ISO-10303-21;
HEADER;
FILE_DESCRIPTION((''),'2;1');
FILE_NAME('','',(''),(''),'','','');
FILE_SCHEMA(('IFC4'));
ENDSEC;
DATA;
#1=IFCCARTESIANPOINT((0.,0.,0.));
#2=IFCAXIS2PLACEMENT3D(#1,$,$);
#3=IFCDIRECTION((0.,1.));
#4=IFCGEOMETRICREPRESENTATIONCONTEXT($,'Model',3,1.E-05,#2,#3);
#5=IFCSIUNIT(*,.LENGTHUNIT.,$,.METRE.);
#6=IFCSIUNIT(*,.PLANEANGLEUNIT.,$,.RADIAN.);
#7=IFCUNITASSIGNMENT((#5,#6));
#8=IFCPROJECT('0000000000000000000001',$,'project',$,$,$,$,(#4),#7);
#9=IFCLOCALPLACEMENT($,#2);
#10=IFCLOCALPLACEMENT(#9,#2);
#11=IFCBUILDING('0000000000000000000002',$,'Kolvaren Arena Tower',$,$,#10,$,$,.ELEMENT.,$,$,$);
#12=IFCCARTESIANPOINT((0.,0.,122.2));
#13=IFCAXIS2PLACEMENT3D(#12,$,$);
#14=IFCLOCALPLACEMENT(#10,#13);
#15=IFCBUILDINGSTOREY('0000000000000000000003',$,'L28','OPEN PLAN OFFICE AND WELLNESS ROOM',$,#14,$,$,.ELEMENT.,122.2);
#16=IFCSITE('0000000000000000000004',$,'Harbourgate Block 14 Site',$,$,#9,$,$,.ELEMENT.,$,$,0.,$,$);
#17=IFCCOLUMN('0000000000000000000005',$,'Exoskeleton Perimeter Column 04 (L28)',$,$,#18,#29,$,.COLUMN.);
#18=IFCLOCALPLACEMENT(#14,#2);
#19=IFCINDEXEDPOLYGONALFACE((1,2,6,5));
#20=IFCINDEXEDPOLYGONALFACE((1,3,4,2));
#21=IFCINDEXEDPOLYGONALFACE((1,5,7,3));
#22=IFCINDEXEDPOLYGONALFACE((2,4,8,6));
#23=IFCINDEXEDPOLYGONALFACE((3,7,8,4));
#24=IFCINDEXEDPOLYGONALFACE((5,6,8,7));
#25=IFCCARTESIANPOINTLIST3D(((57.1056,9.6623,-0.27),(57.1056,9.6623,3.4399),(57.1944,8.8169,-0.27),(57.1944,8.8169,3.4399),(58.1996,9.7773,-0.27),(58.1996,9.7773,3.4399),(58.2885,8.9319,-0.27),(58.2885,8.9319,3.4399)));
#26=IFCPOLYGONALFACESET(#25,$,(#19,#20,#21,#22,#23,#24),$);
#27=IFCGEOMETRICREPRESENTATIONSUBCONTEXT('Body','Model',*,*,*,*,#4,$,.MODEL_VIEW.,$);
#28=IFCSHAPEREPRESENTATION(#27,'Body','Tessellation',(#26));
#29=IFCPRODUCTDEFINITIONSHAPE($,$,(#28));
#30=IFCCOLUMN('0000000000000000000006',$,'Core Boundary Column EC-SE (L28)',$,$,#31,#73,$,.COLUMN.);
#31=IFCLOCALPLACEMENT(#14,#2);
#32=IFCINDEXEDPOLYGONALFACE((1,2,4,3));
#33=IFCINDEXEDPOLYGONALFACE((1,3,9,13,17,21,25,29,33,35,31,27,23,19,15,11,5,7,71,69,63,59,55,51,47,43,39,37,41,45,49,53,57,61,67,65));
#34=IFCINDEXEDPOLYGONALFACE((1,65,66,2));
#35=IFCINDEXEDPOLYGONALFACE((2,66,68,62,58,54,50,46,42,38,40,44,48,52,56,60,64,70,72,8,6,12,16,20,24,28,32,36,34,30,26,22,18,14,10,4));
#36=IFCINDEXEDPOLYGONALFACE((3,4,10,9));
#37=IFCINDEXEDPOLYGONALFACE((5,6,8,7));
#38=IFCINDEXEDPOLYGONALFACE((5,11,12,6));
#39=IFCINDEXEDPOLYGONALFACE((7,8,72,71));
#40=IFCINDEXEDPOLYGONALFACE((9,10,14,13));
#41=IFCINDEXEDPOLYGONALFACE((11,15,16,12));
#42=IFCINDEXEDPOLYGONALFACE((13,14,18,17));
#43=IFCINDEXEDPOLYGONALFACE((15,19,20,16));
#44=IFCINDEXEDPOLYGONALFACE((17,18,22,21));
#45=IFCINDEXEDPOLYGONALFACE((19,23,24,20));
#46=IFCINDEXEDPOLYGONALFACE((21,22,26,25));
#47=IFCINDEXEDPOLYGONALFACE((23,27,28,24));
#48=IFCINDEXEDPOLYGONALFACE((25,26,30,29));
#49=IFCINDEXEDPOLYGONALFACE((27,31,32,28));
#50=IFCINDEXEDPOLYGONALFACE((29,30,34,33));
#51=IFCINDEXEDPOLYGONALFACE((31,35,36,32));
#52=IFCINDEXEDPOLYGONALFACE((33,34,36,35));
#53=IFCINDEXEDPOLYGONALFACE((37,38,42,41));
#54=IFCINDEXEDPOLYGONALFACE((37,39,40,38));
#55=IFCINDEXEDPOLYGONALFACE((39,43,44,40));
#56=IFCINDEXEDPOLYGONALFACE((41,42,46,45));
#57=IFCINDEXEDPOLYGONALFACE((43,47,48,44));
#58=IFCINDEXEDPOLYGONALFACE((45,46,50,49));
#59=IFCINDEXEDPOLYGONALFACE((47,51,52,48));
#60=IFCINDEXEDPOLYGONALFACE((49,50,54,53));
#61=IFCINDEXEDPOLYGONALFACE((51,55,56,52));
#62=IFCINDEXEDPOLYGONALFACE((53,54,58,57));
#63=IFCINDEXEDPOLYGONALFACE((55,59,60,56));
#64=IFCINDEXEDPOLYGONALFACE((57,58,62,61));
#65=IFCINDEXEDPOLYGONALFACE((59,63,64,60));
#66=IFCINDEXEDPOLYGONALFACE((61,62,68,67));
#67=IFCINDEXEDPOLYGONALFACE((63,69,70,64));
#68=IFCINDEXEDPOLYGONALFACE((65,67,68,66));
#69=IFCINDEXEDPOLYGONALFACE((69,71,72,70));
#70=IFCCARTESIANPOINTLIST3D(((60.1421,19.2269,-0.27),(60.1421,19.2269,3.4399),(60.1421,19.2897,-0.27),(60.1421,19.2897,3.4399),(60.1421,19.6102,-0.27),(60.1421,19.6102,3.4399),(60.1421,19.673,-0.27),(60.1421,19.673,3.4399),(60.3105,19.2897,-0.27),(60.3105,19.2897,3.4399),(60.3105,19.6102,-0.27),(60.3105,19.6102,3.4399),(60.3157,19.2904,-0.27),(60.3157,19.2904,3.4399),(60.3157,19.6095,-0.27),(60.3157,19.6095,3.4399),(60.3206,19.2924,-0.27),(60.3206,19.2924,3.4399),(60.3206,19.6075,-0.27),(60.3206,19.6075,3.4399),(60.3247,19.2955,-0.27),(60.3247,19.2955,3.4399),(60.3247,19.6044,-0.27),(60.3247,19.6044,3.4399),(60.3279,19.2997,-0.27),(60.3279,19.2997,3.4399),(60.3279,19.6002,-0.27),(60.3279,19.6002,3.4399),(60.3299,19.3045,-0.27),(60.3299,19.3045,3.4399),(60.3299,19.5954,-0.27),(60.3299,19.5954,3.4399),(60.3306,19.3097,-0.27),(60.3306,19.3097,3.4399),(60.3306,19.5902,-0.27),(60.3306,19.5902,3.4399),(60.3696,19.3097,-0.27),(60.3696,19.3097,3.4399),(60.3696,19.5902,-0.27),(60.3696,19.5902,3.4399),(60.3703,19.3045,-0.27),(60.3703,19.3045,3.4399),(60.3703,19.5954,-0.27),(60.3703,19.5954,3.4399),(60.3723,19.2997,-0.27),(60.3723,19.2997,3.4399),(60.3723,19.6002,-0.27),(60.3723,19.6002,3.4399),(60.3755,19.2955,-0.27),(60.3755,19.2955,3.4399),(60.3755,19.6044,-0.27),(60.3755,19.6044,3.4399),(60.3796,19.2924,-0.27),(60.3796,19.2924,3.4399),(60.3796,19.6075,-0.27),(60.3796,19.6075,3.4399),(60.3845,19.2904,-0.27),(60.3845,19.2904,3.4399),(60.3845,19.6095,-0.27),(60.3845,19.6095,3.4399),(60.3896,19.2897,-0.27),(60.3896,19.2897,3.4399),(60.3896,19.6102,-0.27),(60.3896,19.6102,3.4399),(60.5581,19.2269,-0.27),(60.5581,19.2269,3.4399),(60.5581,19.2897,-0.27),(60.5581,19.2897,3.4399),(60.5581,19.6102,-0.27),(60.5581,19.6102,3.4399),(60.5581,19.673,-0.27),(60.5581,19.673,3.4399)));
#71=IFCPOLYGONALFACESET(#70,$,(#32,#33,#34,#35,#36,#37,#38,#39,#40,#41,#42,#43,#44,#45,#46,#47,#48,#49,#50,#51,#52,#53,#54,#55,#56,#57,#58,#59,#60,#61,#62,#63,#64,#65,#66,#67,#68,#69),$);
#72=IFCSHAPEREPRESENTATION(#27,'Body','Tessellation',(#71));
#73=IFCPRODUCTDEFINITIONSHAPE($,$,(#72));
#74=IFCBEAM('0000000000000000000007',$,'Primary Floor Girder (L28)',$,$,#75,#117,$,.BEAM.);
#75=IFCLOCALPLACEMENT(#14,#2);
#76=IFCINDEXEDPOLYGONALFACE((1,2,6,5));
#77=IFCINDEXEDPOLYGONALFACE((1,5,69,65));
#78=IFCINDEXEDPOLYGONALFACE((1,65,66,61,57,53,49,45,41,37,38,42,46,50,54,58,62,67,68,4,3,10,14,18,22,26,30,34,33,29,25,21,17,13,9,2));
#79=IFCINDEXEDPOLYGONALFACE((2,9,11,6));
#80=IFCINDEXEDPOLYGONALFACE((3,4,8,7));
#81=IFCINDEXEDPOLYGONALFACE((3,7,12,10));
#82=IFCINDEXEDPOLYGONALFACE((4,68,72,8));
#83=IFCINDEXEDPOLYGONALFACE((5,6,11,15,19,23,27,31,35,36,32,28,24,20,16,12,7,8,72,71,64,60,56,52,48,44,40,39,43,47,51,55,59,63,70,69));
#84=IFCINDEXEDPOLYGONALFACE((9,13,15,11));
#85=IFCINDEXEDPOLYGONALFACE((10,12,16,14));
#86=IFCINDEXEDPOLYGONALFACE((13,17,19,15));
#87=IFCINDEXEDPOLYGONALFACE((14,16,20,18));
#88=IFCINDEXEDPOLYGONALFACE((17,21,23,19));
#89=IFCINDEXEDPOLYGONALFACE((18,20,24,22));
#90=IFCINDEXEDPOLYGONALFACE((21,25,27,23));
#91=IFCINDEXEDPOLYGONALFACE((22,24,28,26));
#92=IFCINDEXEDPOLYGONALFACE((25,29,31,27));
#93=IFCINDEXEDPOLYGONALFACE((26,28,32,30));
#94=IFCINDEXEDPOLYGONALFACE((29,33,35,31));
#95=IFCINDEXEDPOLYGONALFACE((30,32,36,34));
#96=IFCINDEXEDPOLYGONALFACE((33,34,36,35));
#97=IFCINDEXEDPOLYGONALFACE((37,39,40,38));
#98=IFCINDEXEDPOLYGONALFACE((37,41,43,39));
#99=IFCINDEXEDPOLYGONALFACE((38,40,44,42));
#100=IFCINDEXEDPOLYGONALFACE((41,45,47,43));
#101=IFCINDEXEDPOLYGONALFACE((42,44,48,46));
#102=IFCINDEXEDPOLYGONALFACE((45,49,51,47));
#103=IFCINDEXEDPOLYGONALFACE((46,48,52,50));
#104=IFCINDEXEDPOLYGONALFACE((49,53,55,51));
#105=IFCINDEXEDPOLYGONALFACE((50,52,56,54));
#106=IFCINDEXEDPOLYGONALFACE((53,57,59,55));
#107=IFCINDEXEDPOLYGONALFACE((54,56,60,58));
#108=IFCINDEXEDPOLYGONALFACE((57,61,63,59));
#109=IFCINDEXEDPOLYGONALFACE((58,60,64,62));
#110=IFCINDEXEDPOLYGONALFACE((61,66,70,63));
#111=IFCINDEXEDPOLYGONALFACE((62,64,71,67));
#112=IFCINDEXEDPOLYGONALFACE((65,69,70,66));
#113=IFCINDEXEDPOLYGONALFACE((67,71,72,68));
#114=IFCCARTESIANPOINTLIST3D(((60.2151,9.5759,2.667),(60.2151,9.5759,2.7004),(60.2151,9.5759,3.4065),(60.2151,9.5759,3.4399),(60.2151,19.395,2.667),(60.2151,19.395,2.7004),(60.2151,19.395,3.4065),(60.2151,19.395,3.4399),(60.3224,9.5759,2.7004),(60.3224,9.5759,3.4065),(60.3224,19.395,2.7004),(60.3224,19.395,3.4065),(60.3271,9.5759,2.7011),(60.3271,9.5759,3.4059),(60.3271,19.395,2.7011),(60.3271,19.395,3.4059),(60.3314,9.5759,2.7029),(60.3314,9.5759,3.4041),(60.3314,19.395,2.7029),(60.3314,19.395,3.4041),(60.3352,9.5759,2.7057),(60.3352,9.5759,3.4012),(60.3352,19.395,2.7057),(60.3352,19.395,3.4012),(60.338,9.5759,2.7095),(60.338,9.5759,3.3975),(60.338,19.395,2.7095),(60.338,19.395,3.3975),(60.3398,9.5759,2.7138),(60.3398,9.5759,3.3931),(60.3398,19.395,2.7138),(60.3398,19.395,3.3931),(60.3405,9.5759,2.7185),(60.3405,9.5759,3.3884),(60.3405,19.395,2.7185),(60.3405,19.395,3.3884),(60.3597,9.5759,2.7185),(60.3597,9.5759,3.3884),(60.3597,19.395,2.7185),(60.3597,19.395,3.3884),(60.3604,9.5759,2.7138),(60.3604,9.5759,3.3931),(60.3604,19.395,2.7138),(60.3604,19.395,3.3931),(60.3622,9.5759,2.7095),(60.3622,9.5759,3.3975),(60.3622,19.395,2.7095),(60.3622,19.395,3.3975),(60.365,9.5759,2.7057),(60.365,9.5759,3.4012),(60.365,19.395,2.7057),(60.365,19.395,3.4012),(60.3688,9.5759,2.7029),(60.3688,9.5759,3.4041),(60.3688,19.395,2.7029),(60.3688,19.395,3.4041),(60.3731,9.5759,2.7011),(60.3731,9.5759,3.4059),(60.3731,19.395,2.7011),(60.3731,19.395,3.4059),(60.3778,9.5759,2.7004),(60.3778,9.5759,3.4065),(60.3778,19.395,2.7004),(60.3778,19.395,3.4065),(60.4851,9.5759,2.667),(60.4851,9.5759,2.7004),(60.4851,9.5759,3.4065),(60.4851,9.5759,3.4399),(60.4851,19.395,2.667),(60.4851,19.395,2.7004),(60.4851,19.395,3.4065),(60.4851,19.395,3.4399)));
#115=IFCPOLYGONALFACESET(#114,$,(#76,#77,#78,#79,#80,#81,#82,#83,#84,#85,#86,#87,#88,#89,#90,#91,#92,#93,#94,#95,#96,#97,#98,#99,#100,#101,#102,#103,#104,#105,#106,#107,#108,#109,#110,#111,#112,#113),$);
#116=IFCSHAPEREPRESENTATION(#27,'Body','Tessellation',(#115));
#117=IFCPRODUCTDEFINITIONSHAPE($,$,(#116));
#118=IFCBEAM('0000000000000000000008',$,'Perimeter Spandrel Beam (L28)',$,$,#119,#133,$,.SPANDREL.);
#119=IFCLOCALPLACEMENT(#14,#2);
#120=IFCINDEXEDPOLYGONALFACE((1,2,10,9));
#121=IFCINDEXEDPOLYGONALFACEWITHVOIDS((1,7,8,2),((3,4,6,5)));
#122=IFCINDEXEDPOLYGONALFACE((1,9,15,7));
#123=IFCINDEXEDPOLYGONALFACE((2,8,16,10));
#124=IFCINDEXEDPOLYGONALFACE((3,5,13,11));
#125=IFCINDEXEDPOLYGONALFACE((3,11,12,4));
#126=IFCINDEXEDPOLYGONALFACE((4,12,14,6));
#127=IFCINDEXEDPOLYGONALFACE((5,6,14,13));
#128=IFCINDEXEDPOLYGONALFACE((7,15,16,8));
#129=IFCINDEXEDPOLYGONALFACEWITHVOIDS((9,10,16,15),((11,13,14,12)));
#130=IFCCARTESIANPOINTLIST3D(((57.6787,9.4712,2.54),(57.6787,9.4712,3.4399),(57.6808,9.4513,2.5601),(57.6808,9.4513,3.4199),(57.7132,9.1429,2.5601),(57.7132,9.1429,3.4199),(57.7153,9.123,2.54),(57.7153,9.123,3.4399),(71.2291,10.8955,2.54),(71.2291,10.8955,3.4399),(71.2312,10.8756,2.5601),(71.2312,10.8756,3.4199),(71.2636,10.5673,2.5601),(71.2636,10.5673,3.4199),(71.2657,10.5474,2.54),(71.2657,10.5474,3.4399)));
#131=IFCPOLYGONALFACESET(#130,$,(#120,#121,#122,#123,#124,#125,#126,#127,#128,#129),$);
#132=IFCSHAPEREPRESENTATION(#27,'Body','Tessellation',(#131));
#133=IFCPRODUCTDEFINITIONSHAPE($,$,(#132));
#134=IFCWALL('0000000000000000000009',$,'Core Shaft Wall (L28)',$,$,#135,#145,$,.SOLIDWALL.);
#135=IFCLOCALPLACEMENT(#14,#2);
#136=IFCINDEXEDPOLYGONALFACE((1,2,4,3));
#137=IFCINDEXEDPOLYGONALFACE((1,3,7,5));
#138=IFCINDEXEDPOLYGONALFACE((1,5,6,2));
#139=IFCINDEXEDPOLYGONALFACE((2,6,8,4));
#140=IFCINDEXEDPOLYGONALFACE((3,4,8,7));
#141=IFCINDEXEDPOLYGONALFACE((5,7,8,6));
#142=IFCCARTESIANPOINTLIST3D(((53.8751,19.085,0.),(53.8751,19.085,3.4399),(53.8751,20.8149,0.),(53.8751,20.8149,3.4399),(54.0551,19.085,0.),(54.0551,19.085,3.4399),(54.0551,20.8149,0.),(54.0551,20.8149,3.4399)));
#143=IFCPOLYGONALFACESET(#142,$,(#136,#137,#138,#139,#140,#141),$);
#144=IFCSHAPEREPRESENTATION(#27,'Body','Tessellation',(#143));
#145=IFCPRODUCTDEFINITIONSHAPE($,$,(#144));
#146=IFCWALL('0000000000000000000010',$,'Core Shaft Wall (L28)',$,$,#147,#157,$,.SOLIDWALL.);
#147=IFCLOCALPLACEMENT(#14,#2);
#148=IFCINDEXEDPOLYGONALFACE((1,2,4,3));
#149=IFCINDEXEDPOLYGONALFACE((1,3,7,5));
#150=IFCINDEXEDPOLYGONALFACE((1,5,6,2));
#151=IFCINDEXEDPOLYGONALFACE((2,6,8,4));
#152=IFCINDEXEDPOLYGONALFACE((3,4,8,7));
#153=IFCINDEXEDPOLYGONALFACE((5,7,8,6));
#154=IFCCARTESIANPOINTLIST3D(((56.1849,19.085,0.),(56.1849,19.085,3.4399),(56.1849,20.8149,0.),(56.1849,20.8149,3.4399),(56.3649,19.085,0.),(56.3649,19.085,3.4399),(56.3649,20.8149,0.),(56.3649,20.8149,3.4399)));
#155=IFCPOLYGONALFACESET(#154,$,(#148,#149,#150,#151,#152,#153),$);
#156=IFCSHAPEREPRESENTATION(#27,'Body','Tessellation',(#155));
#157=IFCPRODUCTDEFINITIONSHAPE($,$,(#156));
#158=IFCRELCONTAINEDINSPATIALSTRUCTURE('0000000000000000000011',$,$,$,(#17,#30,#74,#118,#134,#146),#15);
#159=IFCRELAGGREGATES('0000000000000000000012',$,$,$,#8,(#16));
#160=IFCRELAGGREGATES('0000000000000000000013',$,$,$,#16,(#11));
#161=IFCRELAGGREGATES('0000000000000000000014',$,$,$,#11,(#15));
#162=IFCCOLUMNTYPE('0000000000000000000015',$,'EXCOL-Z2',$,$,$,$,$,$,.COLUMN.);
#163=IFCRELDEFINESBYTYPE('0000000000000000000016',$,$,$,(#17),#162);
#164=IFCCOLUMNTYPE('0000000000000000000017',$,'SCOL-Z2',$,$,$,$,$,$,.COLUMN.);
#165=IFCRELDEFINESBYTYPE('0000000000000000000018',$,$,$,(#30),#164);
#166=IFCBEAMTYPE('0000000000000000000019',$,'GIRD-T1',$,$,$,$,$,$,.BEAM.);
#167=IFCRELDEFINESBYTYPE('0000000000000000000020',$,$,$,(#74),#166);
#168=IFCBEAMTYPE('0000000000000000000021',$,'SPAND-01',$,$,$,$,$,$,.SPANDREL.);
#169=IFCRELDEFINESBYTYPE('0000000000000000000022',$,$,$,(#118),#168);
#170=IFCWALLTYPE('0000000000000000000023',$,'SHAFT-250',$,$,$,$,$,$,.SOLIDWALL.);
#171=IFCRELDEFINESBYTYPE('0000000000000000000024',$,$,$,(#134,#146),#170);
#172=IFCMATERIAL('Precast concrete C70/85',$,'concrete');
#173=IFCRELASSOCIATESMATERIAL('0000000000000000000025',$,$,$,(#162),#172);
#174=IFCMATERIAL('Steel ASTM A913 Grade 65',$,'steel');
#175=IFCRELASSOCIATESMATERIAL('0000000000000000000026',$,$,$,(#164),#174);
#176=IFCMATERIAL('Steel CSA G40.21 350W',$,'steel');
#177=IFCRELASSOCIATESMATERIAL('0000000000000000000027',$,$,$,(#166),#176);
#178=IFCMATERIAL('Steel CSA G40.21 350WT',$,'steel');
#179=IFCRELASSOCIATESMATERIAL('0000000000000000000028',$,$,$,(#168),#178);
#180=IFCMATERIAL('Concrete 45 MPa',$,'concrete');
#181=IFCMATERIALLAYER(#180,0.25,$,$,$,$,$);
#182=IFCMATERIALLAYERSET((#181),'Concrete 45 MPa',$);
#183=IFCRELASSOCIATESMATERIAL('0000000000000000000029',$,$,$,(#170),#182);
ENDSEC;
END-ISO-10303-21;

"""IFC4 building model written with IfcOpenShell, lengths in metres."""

from ifc_helpers import new_model, si_unit, direction, frame, frame_2d, origin, origin_2d, place, context, subcontext, project, spatial, rectangle, hollow_rectangle, i_section, extrude, material, layer, layer_set, material_profile, profile_set, type_object, element, save


model = new_model("IFC4")

# Units and contexts
model_context = context("Model", 3, precision=1e-05, world=origin(), true_north=direction((0.0, 1.0)))
body_context = subcontext(model_context, "Body", "Model", "MODEL_VIEW")
ifc_project = project(units=[si_unit("LENGTHUNIT", "METRE"), si_unit("PLANEANGLEUNIT", "RADIAN")], contexts=[model_context])

# Site, building, storey
site_placement = place(None, origin())
site = spatial("IfcSite", under=ifc_project, at=site_placement, Name="Harbourgate Block 14 Site", CompositionType="ELEMENT", RefElevation=0.0)
building_placement = place(site_placement, origin())
building = spatial("IfcBuilding", under=site, at=building_placement, Name="Kolvaren Arena Tower", CompositionType="ELEMENT")
storey_placement = place(building_placement, frame((0.0, 0.0, 122.2)))
storey = spatial("IfcBuildingStorey", under=building, at=storey_placement, Name="L28", Description="OPEN PLAN OFFICE AND WELLNESS ROOM", CompositionType="ELEMENT", Elevation=122.2)

# Columns
ifc_material_1 = material(Name="Precast concrete C70/85", Category="concrete")
ifc_material_profile_1 = material_profile(ifc_material_1, rectangle(XDim=1.1001, YDim=0.8501, at=origin_2d()), Name="RC-1100x850")
ifc_profile_set_1 = profile_set([ifc_material_profile_1], Name="Precast concrete C70/85")
column_type_1 = type_object("IfcColumnType", Name="EXCOL-Z2", PredefinedType="COLUMN", material=ifc_profile_set_1)
column_1_placement = place(storey_placement, frame((57.697, 9.2971, -0.27), z_axis=(0.0, 0.0, 1.0), x_axis=(0.994522, 0.104528, 0.0)))
element("IfcColumn", 1, at=column_1_placement, inside=storey, type_object=column_type_1, Name="Exoskeleton Perimeter Column 04 (L28)", PredefinedType="COLUMN", context=body_context, shape_type="SweptSolid", body=[
    extrude(rectangle(XDim=1.1001, YDim=0.8501, at=origin_2d()), origin(), (0.0, 0.0, 1.0), 3.71),
])
ifc_material_2 = material(Name="Steel ASTM A913 Grade 65", Category="steel")
ifc_material_profile_2 = material_profile(ifc_material_2, i_section(OverallWidth=0.416, OverallDepth=0.446, WebThickness=0.0391, FlangeThickness=0.0627, FilletRadius=0.02, at=origin_2d()), Name="W360x509")
ifc_profile_set_2 = profile_set([ifc_material_profile_2], Name="Steel ASTM A913 Grade 65")
column_type_2 = type_object("IfcColumnType", Name="SCOL-Z2", PredefinedType="COLUMN", material=ifc_profile_set_2)
column_2_placement = place(storey_placement, frame((60.3501, 19.45, -0.27), z_axis=(0.0, 0.0, 1.0), x_axis=(1.0, 0.0, 0.0)))
element("IfcColumn", 2, at=column_2_placement, inside=storey, type_object=column_type_2, Name="Core Boundary Column EC-SE (L28)", PredefinedType="COLUMN", context=body_context, shape_type="SweptSolid", body=[
    extrude(i_section(OverallWidth=0.416, OverallDepth=0.446, WebThickness=0.0391, FlangeThickness=0.0627, FilletRadius=0.02, at=origin_2d()), origin(), (0.0, 0.0, 1.0), 3.71),
])

# Beams
ifc_material_3 = material(Name="Steel CSA G40.21 350W", Category="steel")
ifc_material_profile_3 = material_profile(ifc_material_3, i_section(OverallWidth=0.27, OverallDepth=0.7729, WebThickness=0.0193, FlangeThickness=0.0334, FilletRadius=0.0181, at=origin_2d()), Name="W760x257")
ifc_profile_set_3 = profile_set([ifc_material_profile_3], Name="Steel CSA G40.21 350W")
beam_type_1 = type_object("IfcBeamType", Name="GIRD-T1", PredefinedType="BEAM", material=ifc_profile_set_3)
beam_1_placement = place(storey_placement, frame((60.3501, 9.5759, 3.0535), z_axis=(0.0, 1.0, 0.0), x_axis=(-1.0, 0.0, 0.0)))
element("IfcBeam", 3, at=beam_1_placement, inside=storey, type_object=beam_type_1, Name="Primary Floor Girder (L28)", PredefinedType="BEAM", context=body_context, shape_type="SweptSolid", body=[
    extrude(i_section(OverallWidth=0.27, OverallDepth=0.7729, WebThickness=0.0193, FlangeThickness=0.0334, FilletRadius=0.0181, at=origin_2d()), origin(), (0.0, 0.0, 1.0), 9.8191),
])
ifc_material_4 = material(Name="Steel CSA G40.21 350WT", Category="steel")
ifc_material_profile_4 = material_profile(ifc_material_4, hollow_rectangle(XDim=0.3501, YDim=0.8999, WallThickness=0.02, at=origin_2d()), Name="HSS 900x350x20")
ifc_profile_set_4 = profile_set([ifc_material_profile_4], Name="Steel CSA G40.21 350WT")
beam_type_2 = type_object("IfcBeamType", Name="SPAND-01", PredefinedType="SPANDREL", material=ifc_profile_set_4)
beam_2_placement = place(storey_placement, frame((57.697, 9.2971, 2.99), z_axis=(0.994521, 0.104537, 0.0), x_axis=(-0.104537, 0.994521, 0.0)))
element("IfcBeam", 4, at=beam_2_placement, inside=storey, type_object=beam_type_2, Name="Perimeter Spandrel Beam (L28)", PredefinedType="SPANDREL", context=body_context, shape_type="SweptSolid", body=[
    extrude(hollow_rectangle(XDim=0.3501, YDim=0.8999, WallThickness=0.02, at=origin_2d()), origin(), (0.0, 0.0, 1.0), 13.625),
])

# Walls
ifc_material_5 = material(Name="Concrete 45 MPa", Category="concrete")
ifc_layer_1 = layer(ifc_material_5, 0.25)
ifc_layer_set_1 = layer_set([ifc_layer_1], Name="Concrete 45 MPa")
wall_type_1 = type_object("IfcWallType", Name="SHAFT-250", PredefinedType="SOLIDWALL", material=ifc_layer_set_1)
for number, where, z_axis, x_axis, name in (
    (5, (53.9651, 19.085, 0.0), (0.0, 0.0, 1.0), (0.0, 1.0, 0.0), "Core Shaft Wall (L28)"),
    (6, (56.2749, 19.085, 0.0), (0.0, 0.0, 1.0), (0.0, 1.0, 0.0), "Core Shaft Wall (L28)"),
):
    element("IfcWall", number, at=place(storey_placement, frame(where, z_axis=z_axis, x_axis=x_axis)), inside=storey, type_object=wall_type_1, Name=name, PredefinedType="SOLIDWALL", context=body_context, shape_type="SweptSolid", body=[
        extrude(rectangle(XDim=1.73, YDim=0.1799, at=frame_2d((0.865, 0.0))), origin(), (0.0, 0.0, 1.0), 3.4399),
    ])

save(model, "model.ifc")
